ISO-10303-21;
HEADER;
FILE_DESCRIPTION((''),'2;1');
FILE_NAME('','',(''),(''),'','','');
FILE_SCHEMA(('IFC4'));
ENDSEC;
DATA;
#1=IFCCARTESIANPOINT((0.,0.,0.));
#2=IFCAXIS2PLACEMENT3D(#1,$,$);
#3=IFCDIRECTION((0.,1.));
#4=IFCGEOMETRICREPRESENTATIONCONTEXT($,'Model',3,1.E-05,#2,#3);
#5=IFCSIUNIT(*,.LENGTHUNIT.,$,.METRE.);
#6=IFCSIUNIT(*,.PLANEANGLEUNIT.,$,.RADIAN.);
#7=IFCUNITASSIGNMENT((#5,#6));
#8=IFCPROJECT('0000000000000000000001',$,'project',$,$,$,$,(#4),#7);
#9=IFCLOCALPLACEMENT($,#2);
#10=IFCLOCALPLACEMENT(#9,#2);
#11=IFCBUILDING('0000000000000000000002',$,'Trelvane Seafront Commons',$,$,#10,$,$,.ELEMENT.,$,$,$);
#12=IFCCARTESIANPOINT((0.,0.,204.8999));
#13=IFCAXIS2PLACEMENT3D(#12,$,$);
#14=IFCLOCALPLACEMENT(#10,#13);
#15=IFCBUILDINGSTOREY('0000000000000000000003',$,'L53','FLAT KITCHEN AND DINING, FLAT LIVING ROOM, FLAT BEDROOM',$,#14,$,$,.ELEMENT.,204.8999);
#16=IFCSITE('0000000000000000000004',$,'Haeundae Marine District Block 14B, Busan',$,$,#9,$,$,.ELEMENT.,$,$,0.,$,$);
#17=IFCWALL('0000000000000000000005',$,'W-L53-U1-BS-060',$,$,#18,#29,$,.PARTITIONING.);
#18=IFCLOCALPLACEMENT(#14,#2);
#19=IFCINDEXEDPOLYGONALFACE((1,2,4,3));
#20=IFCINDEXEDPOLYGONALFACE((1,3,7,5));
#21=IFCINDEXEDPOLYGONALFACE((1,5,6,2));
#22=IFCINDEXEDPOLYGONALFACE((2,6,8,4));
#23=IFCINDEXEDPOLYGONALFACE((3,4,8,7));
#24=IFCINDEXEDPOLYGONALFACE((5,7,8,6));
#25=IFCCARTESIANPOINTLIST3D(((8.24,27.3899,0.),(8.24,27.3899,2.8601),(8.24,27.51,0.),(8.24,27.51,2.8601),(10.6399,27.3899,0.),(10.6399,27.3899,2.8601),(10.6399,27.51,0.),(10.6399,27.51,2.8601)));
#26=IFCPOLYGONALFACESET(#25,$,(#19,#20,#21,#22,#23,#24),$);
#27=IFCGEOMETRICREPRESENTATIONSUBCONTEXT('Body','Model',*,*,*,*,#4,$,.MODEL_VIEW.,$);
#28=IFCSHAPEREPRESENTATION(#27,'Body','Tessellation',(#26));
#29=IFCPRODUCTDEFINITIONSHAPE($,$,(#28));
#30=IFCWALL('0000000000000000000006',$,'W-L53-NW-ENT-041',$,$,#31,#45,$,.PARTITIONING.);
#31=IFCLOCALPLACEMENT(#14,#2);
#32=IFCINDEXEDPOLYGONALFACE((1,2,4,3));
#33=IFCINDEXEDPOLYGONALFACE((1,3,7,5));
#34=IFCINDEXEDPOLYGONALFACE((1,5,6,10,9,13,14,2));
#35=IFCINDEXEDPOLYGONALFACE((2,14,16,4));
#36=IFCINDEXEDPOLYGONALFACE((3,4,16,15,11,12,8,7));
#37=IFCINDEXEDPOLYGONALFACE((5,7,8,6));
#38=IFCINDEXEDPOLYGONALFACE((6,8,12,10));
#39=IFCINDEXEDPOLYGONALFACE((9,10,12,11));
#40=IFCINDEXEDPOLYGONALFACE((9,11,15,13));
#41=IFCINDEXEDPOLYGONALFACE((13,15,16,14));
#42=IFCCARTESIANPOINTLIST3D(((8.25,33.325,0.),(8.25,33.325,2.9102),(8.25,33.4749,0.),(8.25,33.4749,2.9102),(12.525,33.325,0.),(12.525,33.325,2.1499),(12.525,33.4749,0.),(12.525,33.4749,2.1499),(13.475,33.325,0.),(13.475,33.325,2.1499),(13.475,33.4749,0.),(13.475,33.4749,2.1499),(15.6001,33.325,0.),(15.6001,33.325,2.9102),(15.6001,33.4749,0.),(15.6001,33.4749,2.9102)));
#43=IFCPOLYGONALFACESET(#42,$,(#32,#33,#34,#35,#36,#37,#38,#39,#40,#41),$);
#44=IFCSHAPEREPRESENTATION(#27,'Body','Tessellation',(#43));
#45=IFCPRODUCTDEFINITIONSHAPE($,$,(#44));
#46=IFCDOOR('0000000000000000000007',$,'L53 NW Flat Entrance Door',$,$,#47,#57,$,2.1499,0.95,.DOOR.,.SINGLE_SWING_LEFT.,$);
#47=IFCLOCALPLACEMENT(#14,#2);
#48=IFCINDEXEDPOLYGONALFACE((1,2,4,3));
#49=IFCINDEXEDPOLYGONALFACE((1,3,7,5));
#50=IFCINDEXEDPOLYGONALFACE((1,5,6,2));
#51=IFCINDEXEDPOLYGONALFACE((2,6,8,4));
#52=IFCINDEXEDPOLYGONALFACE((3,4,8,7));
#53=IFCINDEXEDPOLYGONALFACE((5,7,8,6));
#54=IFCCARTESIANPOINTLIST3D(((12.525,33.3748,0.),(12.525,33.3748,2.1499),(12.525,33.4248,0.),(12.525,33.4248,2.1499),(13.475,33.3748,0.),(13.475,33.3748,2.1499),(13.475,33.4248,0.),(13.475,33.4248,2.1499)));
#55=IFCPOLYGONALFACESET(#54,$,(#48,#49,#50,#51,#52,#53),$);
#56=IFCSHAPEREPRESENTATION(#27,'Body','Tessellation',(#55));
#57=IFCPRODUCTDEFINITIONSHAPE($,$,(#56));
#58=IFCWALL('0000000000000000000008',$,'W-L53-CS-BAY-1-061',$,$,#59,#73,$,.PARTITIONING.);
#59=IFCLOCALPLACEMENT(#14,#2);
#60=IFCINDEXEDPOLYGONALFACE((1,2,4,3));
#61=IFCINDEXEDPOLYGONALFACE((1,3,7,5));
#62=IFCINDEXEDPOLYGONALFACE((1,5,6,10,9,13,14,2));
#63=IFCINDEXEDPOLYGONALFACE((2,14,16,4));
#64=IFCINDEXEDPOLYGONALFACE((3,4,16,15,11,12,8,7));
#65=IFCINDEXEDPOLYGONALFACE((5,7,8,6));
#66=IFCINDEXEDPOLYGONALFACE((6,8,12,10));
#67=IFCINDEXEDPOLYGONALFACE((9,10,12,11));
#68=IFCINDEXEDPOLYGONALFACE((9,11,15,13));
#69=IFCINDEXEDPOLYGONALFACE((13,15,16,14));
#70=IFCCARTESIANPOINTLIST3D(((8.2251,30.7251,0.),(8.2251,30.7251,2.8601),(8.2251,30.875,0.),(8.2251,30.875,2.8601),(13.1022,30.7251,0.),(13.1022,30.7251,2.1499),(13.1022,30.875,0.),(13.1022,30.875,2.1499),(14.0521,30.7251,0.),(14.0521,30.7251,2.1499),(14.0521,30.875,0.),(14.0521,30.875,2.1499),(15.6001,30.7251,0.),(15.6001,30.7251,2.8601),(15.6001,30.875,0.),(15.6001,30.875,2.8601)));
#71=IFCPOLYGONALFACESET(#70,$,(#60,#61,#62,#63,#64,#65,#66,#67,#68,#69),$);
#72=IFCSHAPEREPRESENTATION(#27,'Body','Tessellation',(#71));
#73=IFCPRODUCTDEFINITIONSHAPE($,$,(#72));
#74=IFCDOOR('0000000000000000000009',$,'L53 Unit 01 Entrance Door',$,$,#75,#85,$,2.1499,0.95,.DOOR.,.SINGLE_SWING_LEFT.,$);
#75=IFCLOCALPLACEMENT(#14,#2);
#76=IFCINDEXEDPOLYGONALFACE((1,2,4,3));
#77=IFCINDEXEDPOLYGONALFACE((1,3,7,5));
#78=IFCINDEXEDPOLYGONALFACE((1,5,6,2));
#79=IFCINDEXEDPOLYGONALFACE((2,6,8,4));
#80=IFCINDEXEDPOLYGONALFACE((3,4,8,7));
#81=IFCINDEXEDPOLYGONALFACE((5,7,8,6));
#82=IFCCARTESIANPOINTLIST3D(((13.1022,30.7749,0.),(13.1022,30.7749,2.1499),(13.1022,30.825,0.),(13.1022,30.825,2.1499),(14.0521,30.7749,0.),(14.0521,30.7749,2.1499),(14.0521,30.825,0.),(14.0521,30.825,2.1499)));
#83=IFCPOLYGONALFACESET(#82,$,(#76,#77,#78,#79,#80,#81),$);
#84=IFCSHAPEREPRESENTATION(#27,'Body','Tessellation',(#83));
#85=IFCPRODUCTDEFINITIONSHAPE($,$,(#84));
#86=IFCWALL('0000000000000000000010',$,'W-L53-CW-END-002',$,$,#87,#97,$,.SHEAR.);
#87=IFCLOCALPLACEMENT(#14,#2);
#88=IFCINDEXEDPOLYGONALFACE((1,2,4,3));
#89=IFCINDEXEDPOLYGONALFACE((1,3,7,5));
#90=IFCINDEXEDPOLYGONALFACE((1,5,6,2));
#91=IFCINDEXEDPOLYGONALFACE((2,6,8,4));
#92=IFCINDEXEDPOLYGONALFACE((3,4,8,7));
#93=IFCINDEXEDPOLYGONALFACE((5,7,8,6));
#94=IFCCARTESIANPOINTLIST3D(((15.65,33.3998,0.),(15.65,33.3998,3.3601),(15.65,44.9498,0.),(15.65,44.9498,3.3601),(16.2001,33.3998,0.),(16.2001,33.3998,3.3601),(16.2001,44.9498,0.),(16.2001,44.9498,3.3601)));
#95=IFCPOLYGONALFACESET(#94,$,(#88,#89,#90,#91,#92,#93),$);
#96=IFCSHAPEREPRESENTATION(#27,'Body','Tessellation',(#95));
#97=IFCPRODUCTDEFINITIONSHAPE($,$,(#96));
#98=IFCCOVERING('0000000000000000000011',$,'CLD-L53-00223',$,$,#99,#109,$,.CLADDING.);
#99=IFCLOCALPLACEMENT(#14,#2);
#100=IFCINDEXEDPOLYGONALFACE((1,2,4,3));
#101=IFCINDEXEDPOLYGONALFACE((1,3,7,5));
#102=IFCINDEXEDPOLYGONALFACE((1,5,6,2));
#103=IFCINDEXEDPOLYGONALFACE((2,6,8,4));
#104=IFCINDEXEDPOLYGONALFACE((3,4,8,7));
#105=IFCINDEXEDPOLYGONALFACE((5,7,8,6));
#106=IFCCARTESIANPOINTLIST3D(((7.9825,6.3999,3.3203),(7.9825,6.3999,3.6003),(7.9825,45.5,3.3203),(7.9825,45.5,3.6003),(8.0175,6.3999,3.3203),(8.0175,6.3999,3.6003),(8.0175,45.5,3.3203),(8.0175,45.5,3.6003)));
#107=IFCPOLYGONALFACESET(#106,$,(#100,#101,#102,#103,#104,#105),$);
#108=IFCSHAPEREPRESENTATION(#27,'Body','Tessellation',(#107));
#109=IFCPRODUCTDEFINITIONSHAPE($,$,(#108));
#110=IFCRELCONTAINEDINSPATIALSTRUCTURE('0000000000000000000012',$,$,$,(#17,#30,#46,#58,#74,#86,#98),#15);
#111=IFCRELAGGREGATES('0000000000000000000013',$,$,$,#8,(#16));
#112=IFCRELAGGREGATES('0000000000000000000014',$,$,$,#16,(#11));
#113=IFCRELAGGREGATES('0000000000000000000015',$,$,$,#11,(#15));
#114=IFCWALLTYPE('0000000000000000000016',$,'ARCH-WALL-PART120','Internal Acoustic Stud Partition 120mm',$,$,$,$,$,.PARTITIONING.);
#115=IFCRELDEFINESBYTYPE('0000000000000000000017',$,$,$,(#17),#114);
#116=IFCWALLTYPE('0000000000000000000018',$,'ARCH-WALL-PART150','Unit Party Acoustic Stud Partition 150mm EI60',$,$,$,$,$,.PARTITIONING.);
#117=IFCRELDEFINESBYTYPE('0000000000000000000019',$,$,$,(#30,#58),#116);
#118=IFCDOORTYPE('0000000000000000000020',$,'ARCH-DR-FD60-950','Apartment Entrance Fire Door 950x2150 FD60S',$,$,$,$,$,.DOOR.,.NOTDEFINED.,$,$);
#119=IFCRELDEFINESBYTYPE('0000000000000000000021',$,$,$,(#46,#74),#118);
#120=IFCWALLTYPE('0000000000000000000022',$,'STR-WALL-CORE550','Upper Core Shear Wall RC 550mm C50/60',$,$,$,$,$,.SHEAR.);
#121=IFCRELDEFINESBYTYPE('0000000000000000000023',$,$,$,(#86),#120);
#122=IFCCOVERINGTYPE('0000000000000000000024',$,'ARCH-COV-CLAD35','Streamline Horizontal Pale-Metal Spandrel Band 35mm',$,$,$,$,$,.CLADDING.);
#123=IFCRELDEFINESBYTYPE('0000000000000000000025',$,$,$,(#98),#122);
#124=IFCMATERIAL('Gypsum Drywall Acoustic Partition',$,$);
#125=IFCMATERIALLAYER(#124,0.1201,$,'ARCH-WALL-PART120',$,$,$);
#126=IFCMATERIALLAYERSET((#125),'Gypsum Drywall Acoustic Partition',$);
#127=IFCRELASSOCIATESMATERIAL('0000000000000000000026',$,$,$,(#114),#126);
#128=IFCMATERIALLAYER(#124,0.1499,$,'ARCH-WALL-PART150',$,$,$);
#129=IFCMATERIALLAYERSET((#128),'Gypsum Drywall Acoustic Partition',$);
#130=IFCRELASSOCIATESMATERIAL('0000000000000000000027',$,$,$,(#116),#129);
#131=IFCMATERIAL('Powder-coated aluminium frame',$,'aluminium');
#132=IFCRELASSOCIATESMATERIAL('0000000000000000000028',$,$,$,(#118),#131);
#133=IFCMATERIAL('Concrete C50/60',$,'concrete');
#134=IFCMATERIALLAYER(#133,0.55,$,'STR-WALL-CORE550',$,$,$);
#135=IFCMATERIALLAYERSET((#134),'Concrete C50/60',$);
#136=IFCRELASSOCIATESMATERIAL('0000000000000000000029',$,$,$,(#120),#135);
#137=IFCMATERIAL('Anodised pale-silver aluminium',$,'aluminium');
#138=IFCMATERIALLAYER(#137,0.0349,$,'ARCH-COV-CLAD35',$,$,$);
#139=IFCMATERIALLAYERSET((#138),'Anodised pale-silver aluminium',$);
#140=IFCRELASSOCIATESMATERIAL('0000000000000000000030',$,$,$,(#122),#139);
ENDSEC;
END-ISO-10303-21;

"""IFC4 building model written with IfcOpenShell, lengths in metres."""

from ifc_helpers import new_model, si_unit, direction, frame, frame_2d, origin, origin_2d, place, context, subcontext, project, spatial, rectangle, extrude, source, transform, mapped, material, layer, layer_set, type_object, element, fill, save


model = new_model("IFC4")

# Units and contexts
model_context = context("Model", 3, precision=1e-05, world=origin(), true_north=direction((0.0, 1.0)))
body_context = subcontext(model_context, "Body", "Model", "MODEL_VIEW")
ifc_project = project(units=[si_unit("LENGTHUNIT", "METRE"), si_unit("PLANEANGLEUNIT", "RADIAN")], contexts=[model_context])

# Site, building, storey
site_placement = place(None, origin())
site = spatial("IfcSite", under=ifc_project, at=site_placement, Name="Haeundae Marine District Block 14B, Busan", CompositionType="ELEMENT", RefElevation=0.0)
building_placement = place(site_placement, origin())
building = spatial("IfcBuilding", under=site, at=building_placement, Name="Trelvane Seafront Commons", CompositionType="ELEMENT")
storey_placement = place(building_placement, frame((0.0, 0.0, 204.8999)))
storey = spatial("IfcBuildingStorey", under=building, at=storey_placement, Name="L53", Description="FLAT KITCHEN AND DINING, FLAT LIVING ROOM, FLAT BEDROOM", CompositionType="ELEMENT", Elevation=204.8999)

# Shared definitions
ifc_material_1 = material(Name="Concrete C50/60", Category="concrete")

# Shared definitions
ifc_material_2 = material(Name="Gypsum Drywall Acoustic Partition")
ifc_layer_1 = layer(ifc_material_2, 0.1201, Name="ARCH-WALL-PART120")
ifc_layer_set_1 = layer_set([ifc_layer_1], Name="Gypsum Drywall Acoustic Partition")
wall_type_1 = type_object("IfcWallType", Name="ARCH-WALL-PART120", Description="Internal Acoustic Stud Partition 120mm", PredefinedType="PARTITIONING", material=ifc_layer_set_1)
shared_shape_1 = source(origin(), body_context, "Body", "SweptSolid", [
    extrude(rectangle(XDim=0.95, YDim=2.1499, at=frame_2d((0.4751, 1.075))), frame((0.0, 0.0249, 0.0), z_axis=(0.0, -1.0, 0.0), x_axis=(1.0, 0.0, 0.0)), (0.0, 0.0, 1.0), 0.05),
])

# Wall
wall_1_placement = place(storey_placement, frame((8.24, 27.45, 0.0), z_axis=(0.0, 0.0, 1.0), x_axis=(1.0, 0.0, 0.0)))
element("IfcWall", 1, at=wall_1_placement, inside=storey, type_object=wall_type_1, Name="W-L53-U1-BS-060", PredefinedType="PARTITIONING", context=body_context, shape_type="SweptSolid", body=[
    extrude(rectangle(XDim=2.3999, YDim=0.1201, at=frame_2d((1.2, 0.0))), origin(), (0.0, 0.0, 1.0), 2.8601),
])

# Walls, openings, doors
ifc_layer_2 = layer(ifc_material_2, 0.1499, Name="ARCH-WALL-PART150")
ifc_layer_set_2 = layer_set([ifc_layer_2], Name="Gypsum Drywall Acoustic Partition")
wall_type_2 = type_object("IfcWallType", Name="ARCH-WALL-PART150", Description="Unit Party Acoustic Stud Partition 150mm EI60", PredefinedType="PARTITIONING", material=ifc_layer_set_2)
wall_2_placement = place(storey_placement, frame((8.25, 33.3999, 0.0), z_axis=(0.0, 0.0, 1.0), x_axis=(1.0, 0.0, 0.0)))
wall_2 = element("IfcWall", 2, at=wall_2_placement, inside=storey, type_object=wall_type_2, Name="W-L53-NW-ENT-041", PredefinedType="PARTITIONING", context=body_context, shape_type="SweptSolid", body=[
    extrude(rectangle(XDim=7.3501, YDim=0.1499, at=frame_2d((3.675, 0.0))), origin(), (0.0, 0.0, 1.0), 2.9102),
])
opening_1_placement = place(wall_2_placement, frame((4.2749, 0.0, 0.0)))
opening_1 = element("IfcOpeningElement", 3, at=opening_1_placement, cuts=wall_2, PredefinedType="OPENING", context=body_context, shape_type="SweptSolid", body=[
    extrude(rectangle(XDim=0.95, YDim=2.1499, at=frame_2d((0.4751, 1.075))), frame((0.0, 0.085, 0.0), z_axis=(0.0, -1.0, 0.0), x_axis=(1.0, 0.0, 0.0)), (0.0, 0.0, 1.0), 0.1699),
])
ifc_material_3 = material(Name="Powder-coated aluminium frame", Category="aluminium")
door_type_1 = type_object("IfcDoorType", Name="ARCH-DR-FD60-950", Description="Apartment Entrance Fire Door 950x2150 FD60S", OperationType="NOTDEFINED", PredefinedType="DOOR", material=ifc_material_3)
door_1_placement = place(opening_1_placement, origin())
door_1 = element("IfcDoor", 4, at=door_1_placement, inside=storey, type_object=door_type_1, Name="L53 NW Flat Entrance Door", OperationType="SINGLE_SWING_LEFT", OverallHeight=2.1499, OverallWidth=0.95, PredefinedType="DOOR", context=body_context, shape_type="MappedRepresentation", body=[
    mapped(shared_shape_1, transform((0.0, 0.0, 0.0), x_axis=(1.0, 0.0, 0.0), y_axis=(0.0, 1.0, 0.0), z_axis=(0.0, 0.0, 1.0), scale=1.0)),
])
fill(opening_1, door_1)
wall_3_placement = place(storey_placement, frame((8.2251, 30.8, 0.0), z_axis=(0.0, 0.0, 1.0), x_axis=(1.0, 0.0, 0.0)))
wall_3 = element("IfcWall", 5, at=wall_3_placement, inside=storey, type_object=wall_type_2, Name="W-L53-CS-BAY-1-061", PredefinedType="PARTITIONING", context=body_context, shape_type="SweptSolid", body=[
    extrude(rectangle(XDim=7.375, YDim=0.1499, at=frame_2d((3.6875, 0.0))), origin(), (0.0, 0.0, 1.0), 2.8601),
])
opening_2_placement = place(wall_3_placement, frame((4.877, 0.0, 0.0)))
opening_2 = element("IfcOpeningElement", 6, at=opening_2_placement, cuts=wall_3, PredefinedType="OPENING", context=body_context, shape_type="SweptSolid", body=[
    extrude(rectangle(XDim=0.95, YDim=2.1499, at=frame_2d((0.4751, 1.075))), frame((0.0, 0.085, 0.0), z_axis=(0.0, -1.0, 0.0), x_axis=(1.0, 0.0, 0.0)), (0.0, 0.0, 1.0), 0.1699),
])
door_2_placement = place(opening_2_placement, origin())
door_2 = element("IfcDoor", 7, at=door_2_placement, inside=storey, type_object=door_type_1, Name="L53 Unit 01 Entrance Door", OperationType="SINGLE_SWING_LEFT", OverallHeight=2.1499, OverallWidth=0.95, PredefinedType="DOOR", context=body_context, shape_type="MappedRepresentation", body=[
    mapped(shared_shape_1, transform((0.0, 0.0, 0.0), x_axis=(1.0, 0.0, 0.0), y_axis=(0.0, 1.0, 0.0), z_axis=(0.0, 0.0, 1.0), scale=1.0)),
])
fill(opening_2, door_2)

# Wall
ifc_layer_3 = layer(ifc_material_1, 0.55, Name="STR-WALL-CORE550")
ifc_layer_set_3 = layer_set([ifc_layer_3], Name="Concrete C50/60")
wall_type_3 = type_object("IfcWallType", Name="STR-WALL-CORE550", Description="Upper Core Shear Wall RC 550mm C50/60", PredefinedType="SHEAR", material=ifc_layer_set_3)
wall_4_placement = place(storey_placement, frame((15.925, 33.3999, 0.0), z_axis=(0.0, 0.0, 1.0), x_axis=(0.0, 1.0, 0.0)))
element("IfcWall", 8, at=wall_4_placement, inside=storey, type_object=wall_type_3, Name="W-L53-CW-END-002", PredefinedType="SHEAR", context=body_context, shape_type="SweptSolid", body=[
    extrude(rectangle(XDim=11.55, YDim=0.55, at=frame_2d((5.7749, 0.0))), origin(), (0.0, 0.0, 1.0), 3.3601),
])

# Covering
ifc_material_4 = material(Name="Anodised pale-silver aluminium", Category="aluminium")
ifc_layer_4 = layer(ifc_material_4, 0.0349, Name="ARCH-COV-CLAD35")
ifc_layer_set_4 = layer_set([ifc_layer_4], Name="Anodised pale-silver aluminium")
covering_type = type_object("IfcCoveringType", Name="ARCH-COV-CLAD35", Description="Streamline Horizontal Pale-Metal Spandrel Band 35mm", PredefinedType="CLADDING", material=ifc_layer_set_4)
shared_shape_2 = source(origin(), body_context, "Body", "SweptSolid", [
    extrude(rectangle(XDim=39.1001, YDim=0.0349, at=origin_2d()), origin(), (0.0, 0.0, 1.0), 0.28),
])
covering_placement = place(storey_placement, frame((8.0, 25.95, 3.3203), z_axis=(0.0, 0.0, 1.0), x_axis=(0.0, 1.0, 0.0)))
element("IfcCovering", 9, at=covering_placement, inside=storey, type_object=covering_type, Name="CLD-L53-00223", PredefinedType="CLADDING", context=body_context, shape_type="MappedRepresentation", body=[
    mapped(shared_shape_2, transform((0.0, 0.0, 0.0), x_axis=(1.0, 0.0, 0.0), y_axis=(0.0, 1.0, 0.0), z_axis=(0.0, 0.0, 1.0), scale=1.0)),
])

save(model, "model.ifc")
